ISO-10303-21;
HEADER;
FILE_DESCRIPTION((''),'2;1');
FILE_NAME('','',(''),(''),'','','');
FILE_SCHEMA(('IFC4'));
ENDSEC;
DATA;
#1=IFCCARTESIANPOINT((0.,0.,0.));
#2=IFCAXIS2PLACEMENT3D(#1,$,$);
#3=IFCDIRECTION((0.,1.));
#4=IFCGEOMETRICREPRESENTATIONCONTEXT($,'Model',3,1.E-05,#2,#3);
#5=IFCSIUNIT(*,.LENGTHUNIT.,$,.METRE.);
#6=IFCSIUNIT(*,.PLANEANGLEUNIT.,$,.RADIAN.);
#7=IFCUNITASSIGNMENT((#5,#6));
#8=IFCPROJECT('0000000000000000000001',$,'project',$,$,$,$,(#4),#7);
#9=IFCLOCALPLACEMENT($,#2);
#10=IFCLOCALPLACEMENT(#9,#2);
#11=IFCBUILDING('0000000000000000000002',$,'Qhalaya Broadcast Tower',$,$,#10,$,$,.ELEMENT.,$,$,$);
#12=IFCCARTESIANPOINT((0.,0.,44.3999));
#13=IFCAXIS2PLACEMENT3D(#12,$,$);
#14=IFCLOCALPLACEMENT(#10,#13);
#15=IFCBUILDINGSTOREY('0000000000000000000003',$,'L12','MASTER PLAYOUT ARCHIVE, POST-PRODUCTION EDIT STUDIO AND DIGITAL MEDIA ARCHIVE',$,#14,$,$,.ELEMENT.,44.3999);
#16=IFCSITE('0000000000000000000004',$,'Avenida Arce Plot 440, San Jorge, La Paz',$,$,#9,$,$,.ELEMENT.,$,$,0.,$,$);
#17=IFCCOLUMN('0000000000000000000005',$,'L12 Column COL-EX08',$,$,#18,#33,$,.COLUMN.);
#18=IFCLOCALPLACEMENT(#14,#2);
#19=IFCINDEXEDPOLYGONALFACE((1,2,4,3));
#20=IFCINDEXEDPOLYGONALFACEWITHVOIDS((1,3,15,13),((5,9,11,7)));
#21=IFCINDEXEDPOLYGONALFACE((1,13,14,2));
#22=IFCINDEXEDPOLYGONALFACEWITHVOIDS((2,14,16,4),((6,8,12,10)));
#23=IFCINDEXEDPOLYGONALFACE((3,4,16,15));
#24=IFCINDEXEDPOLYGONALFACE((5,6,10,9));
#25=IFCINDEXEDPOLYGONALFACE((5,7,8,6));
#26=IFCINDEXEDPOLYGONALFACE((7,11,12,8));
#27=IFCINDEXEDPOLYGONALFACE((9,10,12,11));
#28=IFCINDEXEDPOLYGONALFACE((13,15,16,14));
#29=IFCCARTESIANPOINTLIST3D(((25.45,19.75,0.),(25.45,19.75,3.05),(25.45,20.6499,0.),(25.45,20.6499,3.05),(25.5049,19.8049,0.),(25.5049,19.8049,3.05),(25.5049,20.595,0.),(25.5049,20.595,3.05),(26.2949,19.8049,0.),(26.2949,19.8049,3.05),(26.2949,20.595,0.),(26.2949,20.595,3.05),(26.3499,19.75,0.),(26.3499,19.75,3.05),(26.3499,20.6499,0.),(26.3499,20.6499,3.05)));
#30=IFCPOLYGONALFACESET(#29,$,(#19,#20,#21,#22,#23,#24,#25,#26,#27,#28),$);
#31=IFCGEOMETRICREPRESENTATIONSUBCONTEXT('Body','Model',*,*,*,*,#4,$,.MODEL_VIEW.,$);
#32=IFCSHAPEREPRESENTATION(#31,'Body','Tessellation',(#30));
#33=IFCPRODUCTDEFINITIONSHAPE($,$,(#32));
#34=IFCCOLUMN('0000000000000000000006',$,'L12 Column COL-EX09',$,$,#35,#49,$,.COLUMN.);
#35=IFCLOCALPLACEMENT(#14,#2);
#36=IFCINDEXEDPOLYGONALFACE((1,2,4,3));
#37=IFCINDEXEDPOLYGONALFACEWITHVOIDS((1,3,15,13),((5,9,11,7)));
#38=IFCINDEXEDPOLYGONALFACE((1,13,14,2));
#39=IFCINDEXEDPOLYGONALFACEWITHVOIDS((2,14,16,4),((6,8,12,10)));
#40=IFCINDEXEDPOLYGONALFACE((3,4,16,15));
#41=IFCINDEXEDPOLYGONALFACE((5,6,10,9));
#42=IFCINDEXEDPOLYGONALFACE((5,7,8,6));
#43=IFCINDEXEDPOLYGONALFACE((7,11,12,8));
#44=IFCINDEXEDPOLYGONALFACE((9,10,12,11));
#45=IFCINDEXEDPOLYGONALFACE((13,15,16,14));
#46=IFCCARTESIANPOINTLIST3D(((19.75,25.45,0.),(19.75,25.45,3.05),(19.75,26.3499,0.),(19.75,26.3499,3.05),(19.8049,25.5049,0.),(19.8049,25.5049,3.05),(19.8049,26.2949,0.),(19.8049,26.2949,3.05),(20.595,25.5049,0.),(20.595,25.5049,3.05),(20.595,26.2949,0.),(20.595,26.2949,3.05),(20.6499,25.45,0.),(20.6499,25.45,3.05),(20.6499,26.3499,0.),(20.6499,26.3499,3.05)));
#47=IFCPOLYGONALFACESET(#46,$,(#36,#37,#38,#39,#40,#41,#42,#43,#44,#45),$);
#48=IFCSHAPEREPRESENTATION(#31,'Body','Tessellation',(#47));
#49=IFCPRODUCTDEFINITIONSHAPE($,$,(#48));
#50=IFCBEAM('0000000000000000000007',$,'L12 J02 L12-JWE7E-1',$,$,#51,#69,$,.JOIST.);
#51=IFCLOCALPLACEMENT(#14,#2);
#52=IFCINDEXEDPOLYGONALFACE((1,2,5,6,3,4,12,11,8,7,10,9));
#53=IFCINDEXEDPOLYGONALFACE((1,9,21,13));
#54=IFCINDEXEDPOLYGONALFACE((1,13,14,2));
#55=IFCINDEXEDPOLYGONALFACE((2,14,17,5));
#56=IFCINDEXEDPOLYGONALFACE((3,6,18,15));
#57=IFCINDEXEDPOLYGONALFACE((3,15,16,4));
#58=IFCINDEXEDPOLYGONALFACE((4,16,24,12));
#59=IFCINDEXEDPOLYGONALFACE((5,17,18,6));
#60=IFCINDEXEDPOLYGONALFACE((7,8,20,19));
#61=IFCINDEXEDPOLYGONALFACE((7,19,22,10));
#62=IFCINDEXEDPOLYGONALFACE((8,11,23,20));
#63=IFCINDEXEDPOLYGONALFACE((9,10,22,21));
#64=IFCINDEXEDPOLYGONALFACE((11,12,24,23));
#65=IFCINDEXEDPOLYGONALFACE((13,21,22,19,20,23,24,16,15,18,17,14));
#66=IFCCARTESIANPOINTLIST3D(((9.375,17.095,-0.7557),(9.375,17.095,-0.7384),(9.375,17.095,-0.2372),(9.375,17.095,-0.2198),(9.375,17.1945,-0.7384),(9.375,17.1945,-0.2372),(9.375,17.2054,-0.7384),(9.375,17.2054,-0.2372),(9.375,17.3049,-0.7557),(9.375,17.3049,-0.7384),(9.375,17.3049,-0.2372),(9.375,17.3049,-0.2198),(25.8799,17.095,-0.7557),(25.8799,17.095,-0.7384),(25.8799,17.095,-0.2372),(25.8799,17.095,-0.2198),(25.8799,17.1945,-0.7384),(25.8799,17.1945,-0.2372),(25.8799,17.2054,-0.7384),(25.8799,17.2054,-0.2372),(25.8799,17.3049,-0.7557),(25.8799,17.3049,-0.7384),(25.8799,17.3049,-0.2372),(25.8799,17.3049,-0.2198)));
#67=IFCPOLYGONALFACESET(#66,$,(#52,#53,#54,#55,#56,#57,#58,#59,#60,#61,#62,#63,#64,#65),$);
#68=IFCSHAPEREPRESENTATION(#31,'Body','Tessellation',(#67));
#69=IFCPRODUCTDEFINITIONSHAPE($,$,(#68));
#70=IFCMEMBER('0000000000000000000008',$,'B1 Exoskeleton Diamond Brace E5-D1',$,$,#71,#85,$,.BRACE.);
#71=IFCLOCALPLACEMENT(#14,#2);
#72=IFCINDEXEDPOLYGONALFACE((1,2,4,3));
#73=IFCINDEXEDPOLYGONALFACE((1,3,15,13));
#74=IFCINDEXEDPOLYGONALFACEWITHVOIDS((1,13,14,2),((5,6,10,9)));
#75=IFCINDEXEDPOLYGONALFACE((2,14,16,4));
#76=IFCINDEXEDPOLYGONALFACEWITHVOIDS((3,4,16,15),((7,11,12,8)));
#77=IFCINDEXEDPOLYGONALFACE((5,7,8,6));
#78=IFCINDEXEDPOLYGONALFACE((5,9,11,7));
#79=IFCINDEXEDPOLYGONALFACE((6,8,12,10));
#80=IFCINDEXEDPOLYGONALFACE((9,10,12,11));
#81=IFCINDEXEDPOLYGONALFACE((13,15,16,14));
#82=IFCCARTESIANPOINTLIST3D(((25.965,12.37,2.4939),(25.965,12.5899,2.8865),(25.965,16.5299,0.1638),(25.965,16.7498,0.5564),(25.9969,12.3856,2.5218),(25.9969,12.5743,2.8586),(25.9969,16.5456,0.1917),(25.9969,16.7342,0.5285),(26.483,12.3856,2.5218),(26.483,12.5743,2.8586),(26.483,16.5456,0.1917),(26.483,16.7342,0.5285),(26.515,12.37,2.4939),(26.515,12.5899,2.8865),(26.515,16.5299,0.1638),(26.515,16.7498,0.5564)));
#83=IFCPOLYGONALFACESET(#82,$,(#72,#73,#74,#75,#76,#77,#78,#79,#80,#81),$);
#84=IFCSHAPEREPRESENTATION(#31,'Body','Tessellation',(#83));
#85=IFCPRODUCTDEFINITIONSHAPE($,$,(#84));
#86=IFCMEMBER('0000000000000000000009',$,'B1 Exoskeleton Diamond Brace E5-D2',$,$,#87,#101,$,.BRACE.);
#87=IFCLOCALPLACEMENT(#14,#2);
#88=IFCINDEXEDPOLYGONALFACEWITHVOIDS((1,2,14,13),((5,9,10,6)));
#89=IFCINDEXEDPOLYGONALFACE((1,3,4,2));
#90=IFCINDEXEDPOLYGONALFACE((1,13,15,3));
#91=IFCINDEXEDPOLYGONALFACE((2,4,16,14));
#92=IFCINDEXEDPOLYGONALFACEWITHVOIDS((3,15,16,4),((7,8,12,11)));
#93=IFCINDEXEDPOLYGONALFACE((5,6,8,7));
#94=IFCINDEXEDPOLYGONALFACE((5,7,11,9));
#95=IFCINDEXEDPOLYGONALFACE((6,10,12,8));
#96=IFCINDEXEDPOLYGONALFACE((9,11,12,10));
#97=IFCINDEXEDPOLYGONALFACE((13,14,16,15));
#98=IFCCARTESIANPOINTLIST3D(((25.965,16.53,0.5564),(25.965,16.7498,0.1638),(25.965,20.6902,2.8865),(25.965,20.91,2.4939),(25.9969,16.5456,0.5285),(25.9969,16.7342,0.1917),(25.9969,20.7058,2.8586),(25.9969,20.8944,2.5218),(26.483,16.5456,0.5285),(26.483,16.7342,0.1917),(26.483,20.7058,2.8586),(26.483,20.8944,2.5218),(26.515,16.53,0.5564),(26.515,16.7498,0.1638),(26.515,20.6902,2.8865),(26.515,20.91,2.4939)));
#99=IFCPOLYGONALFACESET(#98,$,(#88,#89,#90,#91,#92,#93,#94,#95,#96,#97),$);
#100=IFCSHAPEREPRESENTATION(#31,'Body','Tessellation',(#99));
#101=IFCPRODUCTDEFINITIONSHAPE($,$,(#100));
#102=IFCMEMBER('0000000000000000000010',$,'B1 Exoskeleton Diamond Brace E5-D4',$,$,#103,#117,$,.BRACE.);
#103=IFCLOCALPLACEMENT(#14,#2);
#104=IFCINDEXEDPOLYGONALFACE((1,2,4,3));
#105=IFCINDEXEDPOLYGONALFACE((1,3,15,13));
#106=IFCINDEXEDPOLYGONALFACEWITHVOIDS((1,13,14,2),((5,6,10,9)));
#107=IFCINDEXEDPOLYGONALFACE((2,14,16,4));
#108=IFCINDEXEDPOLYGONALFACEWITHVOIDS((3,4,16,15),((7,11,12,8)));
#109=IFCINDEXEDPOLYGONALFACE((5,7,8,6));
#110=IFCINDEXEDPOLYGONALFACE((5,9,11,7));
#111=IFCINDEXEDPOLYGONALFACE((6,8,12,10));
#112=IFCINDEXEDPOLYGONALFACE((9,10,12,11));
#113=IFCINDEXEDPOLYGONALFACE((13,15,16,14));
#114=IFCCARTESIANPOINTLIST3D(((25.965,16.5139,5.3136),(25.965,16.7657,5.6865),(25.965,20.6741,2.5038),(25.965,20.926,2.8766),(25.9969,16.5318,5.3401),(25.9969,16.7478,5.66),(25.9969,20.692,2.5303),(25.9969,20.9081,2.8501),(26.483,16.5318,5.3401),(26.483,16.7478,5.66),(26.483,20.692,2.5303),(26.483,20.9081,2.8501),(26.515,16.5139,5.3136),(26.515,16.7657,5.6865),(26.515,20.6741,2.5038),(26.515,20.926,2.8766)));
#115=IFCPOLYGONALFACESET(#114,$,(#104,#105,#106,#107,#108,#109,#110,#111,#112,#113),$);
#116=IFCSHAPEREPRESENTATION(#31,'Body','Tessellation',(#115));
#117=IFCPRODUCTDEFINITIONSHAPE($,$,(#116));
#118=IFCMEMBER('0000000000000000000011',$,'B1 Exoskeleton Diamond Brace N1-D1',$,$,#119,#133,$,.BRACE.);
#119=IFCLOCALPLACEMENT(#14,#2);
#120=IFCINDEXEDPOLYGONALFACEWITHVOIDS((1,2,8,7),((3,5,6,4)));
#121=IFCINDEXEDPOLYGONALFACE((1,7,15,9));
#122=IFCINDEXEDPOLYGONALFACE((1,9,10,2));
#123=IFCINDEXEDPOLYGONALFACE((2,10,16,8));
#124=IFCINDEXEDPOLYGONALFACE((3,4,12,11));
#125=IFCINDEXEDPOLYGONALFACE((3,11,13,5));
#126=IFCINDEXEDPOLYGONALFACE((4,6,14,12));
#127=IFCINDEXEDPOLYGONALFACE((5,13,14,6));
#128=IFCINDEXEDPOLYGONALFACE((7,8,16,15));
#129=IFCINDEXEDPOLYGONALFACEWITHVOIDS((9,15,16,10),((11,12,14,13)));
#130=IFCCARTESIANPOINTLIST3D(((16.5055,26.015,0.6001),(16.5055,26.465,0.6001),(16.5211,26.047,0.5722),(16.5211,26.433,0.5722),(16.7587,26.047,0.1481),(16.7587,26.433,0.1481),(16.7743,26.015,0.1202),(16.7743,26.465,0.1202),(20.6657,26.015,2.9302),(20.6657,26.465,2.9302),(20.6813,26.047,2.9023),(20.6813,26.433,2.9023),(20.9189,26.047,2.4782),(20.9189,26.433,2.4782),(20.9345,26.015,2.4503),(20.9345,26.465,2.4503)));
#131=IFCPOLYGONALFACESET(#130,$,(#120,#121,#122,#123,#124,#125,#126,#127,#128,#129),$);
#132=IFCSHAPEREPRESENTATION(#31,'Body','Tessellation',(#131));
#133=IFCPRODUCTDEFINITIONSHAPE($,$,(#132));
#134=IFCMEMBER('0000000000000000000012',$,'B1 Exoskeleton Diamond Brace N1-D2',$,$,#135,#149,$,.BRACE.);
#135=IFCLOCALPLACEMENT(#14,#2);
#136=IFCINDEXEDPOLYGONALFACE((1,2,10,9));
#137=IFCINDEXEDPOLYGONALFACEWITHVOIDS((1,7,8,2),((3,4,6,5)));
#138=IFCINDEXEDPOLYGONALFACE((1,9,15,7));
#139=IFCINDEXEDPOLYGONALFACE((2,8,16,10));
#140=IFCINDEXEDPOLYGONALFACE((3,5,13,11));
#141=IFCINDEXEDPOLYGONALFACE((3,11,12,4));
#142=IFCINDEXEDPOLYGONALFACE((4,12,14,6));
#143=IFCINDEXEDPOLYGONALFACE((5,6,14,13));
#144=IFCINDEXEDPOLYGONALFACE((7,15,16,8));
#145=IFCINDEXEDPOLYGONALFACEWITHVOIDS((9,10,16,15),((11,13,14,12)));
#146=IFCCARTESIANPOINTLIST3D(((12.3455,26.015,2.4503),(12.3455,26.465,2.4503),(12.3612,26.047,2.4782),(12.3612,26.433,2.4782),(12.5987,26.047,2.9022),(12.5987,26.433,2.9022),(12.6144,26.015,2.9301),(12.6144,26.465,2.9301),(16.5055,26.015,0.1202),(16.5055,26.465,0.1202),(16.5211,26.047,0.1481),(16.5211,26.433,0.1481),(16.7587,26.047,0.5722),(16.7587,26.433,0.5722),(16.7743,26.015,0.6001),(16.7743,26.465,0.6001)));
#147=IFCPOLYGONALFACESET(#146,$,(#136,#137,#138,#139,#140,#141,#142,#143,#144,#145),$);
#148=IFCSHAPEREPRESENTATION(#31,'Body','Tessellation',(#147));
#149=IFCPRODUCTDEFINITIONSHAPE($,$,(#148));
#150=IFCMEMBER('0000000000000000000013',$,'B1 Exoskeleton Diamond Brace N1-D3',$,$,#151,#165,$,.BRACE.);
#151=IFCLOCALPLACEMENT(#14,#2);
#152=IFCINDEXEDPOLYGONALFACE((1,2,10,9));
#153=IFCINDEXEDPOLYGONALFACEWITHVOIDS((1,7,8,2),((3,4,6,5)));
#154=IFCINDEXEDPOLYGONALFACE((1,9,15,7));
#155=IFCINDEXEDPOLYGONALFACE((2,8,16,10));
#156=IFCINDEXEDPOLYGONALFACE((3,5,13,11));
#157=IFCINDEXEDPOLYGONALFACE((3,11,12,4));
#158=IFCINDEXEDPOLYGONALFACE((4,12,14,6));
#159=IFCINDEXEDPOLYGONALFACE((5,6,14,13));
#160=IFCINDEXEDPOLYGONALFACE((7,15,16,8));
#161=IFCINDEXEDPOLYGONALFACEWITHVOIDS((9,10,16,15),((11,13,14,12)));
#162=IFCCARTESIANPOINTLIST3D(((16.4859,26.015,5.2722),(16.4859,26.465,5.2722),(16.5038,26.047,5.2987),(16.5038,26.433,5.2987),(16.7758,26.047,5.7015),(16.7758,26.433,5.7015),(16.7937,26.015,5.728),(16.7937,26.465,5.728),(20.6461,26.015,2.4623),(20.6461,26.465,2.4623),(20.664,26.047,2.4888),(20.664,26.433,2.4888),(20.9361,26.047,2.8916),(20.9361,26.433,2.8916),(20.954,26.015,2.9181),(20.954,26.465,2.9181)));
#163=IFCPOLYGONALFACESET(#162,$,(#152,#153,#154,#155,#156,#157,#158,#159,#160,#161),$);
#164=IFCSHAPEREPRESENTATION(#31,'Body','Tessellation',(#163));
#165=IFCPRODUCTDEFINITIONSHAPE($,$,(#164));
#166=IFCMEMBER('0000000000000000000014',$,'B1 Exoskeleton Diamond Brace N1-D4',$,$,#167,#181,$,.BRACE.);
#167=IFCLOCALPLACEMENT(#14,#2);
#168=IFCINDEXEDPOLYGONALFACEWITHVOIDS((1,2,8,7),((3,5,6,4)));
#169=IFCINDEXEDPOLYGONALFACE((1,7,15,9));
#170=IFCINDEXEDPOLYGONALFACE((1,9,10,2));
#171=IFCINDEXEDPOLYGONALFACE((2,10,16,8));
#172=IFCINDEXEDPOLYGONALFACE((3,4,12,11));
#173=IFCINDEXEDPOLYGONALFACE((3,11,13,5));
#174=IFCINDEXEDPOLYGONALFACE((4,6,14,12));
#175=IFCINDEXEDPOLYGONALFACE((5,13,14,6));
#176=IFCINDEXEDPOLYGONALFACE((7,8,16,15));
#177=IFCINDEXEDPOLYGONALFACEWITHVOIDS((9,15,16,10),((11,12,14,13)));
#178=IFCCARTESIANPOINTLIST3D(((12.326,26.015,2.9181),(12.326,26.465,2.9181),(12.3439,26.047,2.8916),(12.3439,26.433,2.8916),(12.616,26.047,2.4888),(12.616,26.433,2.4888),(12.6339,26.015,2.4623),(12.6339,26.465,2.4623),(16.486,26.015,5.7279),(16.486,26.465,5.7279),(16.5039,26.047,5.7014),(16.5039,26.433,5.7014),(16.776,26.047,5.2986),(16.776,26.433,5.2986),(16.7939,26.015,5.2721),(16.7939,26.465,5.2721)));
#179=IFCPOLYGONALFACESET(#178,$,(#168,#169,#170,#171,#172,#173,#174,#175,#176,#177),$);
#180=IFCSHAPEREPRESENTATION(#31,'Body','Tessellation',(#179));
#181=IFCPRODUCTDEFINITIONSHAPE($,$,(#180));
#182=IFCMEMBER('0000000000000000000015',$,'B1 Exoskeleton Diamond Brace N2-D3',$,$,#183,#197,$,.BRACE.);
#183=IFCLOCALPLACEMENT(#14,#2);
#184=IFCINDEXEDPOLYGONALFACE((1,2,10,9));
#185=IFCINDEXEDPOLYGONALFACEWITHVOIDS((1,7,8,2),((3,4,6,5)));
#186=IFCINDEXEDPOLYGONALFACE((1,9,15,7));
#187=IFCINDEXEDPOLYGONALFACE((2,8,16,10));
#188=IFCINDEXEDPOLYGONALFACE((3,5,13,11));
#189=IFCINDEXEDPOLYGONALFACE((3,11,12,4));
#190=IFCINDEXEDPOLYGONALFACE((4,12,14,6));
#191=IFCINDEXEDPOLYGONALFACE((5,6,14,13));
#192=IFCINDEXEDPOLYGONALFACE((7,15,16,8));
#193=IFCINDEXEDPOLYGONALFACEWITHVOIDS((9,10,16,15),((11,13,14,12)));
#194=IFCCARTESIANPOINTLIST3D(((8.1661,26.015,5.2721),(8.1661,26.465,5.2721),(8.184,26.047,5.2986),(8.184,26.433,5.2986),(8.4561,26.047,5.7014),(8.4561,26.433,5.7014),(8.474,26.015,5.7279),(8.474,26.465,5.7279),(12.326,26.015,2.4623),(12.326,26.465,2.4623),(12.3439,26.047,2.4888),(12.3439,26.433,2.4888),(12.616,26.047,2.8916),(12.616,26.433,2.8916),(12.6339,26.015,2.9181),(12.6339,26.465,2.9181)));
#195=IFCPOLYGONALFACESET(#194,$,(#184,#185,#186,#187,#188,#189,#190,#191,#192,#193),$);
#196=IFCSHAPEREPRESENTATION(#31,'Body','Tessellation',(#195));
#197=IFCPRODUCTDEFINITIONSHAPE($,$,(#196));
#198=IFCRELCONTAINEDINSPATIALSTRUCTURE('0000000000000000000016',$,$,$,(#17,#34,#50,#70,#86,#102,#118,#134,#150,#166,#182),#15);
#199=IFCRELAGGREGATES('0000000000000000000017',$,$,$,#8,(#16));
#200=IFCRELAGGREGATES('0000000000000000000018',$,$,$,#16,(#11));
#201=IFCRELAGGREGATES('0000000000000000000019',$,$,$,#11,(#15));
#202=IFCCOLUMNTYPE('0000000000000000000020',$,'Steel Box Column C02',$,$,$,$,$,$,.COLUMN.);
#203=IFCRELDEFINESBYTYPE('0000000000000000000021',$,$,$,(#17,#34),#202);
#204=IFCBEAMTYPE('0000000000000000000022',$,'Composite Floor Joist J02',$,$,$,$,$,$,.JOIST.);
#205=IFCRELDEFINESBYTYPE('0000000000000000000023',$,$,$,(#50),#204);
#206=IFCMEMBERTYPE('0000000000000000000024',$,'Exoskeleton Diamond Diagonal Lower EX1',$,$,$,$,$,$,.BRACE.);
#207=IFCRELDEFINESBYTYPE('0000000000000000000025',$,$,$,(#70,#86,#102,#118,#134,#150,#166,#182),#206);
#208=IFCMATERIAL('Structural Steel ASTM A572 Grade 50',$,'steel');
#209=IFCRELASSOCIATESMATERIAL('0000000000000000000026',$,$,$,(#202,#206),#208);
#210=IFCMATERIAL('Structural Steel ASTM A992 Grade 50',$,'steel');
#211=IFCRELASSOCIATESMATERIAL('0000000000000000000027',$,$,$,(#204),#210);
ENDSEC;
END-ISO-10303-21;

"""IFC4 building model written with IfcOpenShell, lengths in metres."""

from ifc_helpers import new_model, si_unit, direction, frame, origin, origin_2d, place, context, subcontext, project, spatial, hollow_rectangle, i_section, extrude, material, material_profile, profile_set, type_object, element, save


model = new_model("IFC4")

# Units and contexts
model_context = context("Model", 3, precision=1e-05, world=origin(), true_north=direction((0.0, 1.0)))
body_context = subcontext(model_context, "Body", "Model", "MODEL_VIEW")
ifc_project = project(units=[si_unit("LENGTHUNIT", "METRE"), si_unit("PLANEANGLEUNIT", "RADIAN")], contexts=[model_context])

# Site, building, storey
site_placement = place(None, origin())
site = spatial("IfcSite", under=ifc_project, at=site_placement, Name="Avenida Arce Plot 440, San Jorge, La Paz", CompositionType="ELEMENT", RefElevation=0.0)
building_placement = place(site_placement, origin())
building = spatial("IfcBuilding", under=site, at=building_placement, Name="Qhalaya Broadcast Tower", CompositionType="ELEMENT")
storey_placement = place(building_placement, frame((0.0, 0.0, 44.3999)))
storey = spatial("IfcBuildingStorey", under=building, at=storey_placement, Name="L12", Description="MASTER PLAYOUT ARCHIVE, POST-PRODUCTION EDIT STUDIO AND DIGITAL MEDIA ARCHIVE", CompositionType="ELEMENT", Elevation=44.3999)

# Columns
ifc_material_1 = material(Name="Structural Steel ASTM A572 Grade 50", Category="steel")
ifc_material_profile_1 = material_profile(ifc_material_1, hollow_rectangle(XDim=0.8999, YDim=0.8999, WallThickness=0.0549, at=origin_2d()), Name="BOX 900x900x55")
ifc_profile_set_1 = profile_set([ifc_material_profile_1], Name="Structural Steel ASTM A572 Grade 50")
column_type = type_object("IfcColumnType", Name="Steel Box Column C02", PredefinedType="COLUMN", material=ifc_profile_set_1)
for number, where, z_axis, x_axis, name in (
    (1, (25.8999, 20.2, 0.0), (0.0, 0.0, 1.0), (0.0, 1.0, 0.0), "L12 Column COL-EX08"),
    (2, (20.2, 25.8999, 0.0), (0.0, 0.0, 1.0), (1.0, 0.0, 0.0), "L12 Column COL-EX09"),
):
    element("IfcColumn", number, at=place(storey_placement, frame(where, z_axis=z_axis, x_axis=x_axis)), inside=storey, type_object=column_type, Name=name, PredefinedType="COLUMN", context=body_context, shape_type="SweptSolid", body=[
        extrude(hollow_rectangle(XDim=0.8999, YDim=0.8999, WallThickness=0.0549, at=origin_2d()), origin(), (0.0, 0.0, 1.0), 3.05),
    ])

# Beam
ifc_material_2 = material(Name="Structural Steel ASTM A992 Grade 50", Category="steel")
ifc_material_profile_2 = material_profile(ifc_material_2, i_section(OverallWidth=0.21, OverallDepth=0.5359, WebThickness=0.011, FlangeThickness=0.0173, at=origin_2d()), Name="W21X68")
ifc_profile_set_2 = profile_set([ifc_material_profile_2], Name="Structural Steel ASTM A992 Grade 50")
beam_type_1 = type_object("IfcBeamType", Name="Composite Floor Joist J02", PredefinedType="JOIST", material=ifc_profile_set_2)
beam_1_placement = place(storey_placement, frame((9.375, 17.2, -0.4878), z_axis=(1.0, 0.0, 0.0), x_axis=(0.0, 1.0, 0.0)))
element("IfcBeam", 3, at=beam_1_placement, inside=storey, type_object=beam_type_1, Name="L12 J02 L12-JWE7E-1", PredefinedType="JOIST", context=body_context, shape_type="SweptSolid", body=[
    extrude(i_section(OverallWidth=0.21, OverallDepth=0.5359, WebThickness=0.011, FlangeThickness=0.0173, at=origin_2d()), origin(), (0.0, 0.0, 1.0), 16.5049),
])

# Members
ifc_material_profile_3 = material_profile(ifc_material_1, hollow_rectangle(XDim=0.45, YDim=0.55, WallThickness=0.032, at=origin_2d()), Name="BOX 450x550x32")
ifc_profile_set_3 = profile_set([ifc_material_profile_3], Name="Structural Steel ASTM A572 Grade 50")
member_type = type_object("IfcMemberType", Name="Exoskeleton Diamond Diagonal Lower EX1", PredefinedType="BRACE", material=ifc_profile_set_3)
member_1_placement = place(storey_placement, frame((26.24, 16.6399, 0.3601), z_axis=(0.0, -0.872459, 0.488688), x_axis=(0.0, 0.488688, 0.872459)))
element("IfcMember", 4, at=member_1_placement, inside=storey, type_object=member_type, Name="B1 Exoskeleton Diamond Brace E5-D1", PredefinedType="BRACE", context=body_context, shape_type="SweptSolid", body=[
    extrude(hollow_rectangle(XDim=0.45, YDim=0.55, WallThickness=0.032, at=origin_2d()), origin(), (0.0, 0.0, 1.0), 4.7681),
])
member_2_placement = place(storey_placement, frame((26.24, 16.6399, 0.3601), z_axis=(0.0, 0.872471, 0.488666), x_axis=(0.0, -0.488666, 0.872471)))
element("IfcMember", 5, at=member_2_placement, inside=storey, type_object=member_type, Name="B1 Exoskeleton Diamond Brace E5-D2", PredefinedType="BRACE", context=body_context, shape_type="SweptSolid", body=[
    extrude(hollow_rectangle(XDim=0.45, YDim=0.55, WallThickness=0.032, at=origin_2d()), origin(), (0.0, 0.0, 1.0), 4.7683),
])
member_3_placement = place(storey_placement, frame((26.24, 20.8, 2.6902), z_axis=(0.0, -0.828691, 0.559707), x_axis=(0.0, 0.559707, 0.828691)))
element("IfcMember", 6, at=member_3_placement, inside=storey, type_object=member_type, Name="B1 Exoskeleton Diamond Brace E5-D4", PredefinedType="BRACE", context=body_context, shape_type="SweptSolid", body=[
    extrude(hollow_rectangle(XDim=0.45, YDim=0.55, WallThickness=0.032, at=origin_2d()), origin(), (0.0, 0.0, 1.0), 5.0203),
])
member_4_placement = place(storey_placement, frame((16.6399, 26.24, 0.3601), z_axis=(0.872471, 0.0, 0.488666), x_axis=(0.0, 1.0, 0.0)))
element("IfcMember", 7, at=member_4_placement, inside=storey, type_object=member_type, Name="B1 Exoskeleton Diamond Brace N1-D1", PredefinedType="BRACE", context=body_context, shape_type="SweptSolid", body=[
    extrude(hollow_rectangle(XDim=0.45, YDim=0.55, WallThickness=0.032, at=origin_2d()), origin(), (0.0, 0.0, 1.0), 4.7683),
])
member_5_placement = place(storey_placement, frame((16.6399, 26.24, 0.3601), z_axis=(-0.872459, 0.0, 0.488688), x_axis=(0.0, -1.0, 0.0)))
element("IfcMember", 8, at=member_5_placement, inside=storey, type_object=member_type, Name="B1 Exoskeleton Diamond Brace N1-D2", PredefinedType="BRACE", context=body_context, shape_type="SweptSolid", body=[
    extrude(hollow_rectangle(XDim=0.45, YDim=0.55, WallThickness=0.032, at=origin_2d()), origin(), (0.0, 0.0, 1.0), 4.7681),
])
member_6_placement = place(storey_placement, frame((20.8, 26.24, 2.6902), z_axis=(-0.828691, 0.0, 0.559707), x_axis=(0.0, -1.0, 0.0)))
element("IfcMember", 9, at=member_6_placement, inside=storey, type_object=member_type, Name="B1 Exoskeleton Diamond Brace N1-D3", PredefinedType="BRACE", context=body_context, shape_type="SweptSolid", body=[
    extrude(hollow_rectangle(XDim=0.45, YDim=0.55, WallThickness=0.032, at=origin_2d()), origin(), (0.0, 0.0, 1.0), 5.0203),
])
for number, where, z_axis, x_axis, name in (
    (10, (12.48, 26.24, 2.6902), (0.828676, 0.0, 0.559729), (0.0, 1.0, 0.0), "B1 Exoskeleton Diamond Brace N1-D4"),
    (11, (12.48, 26.24, 2.6902), (-0.828676, 0.0, 0.559729), (0.0, -1.0, 0.0), "B1 Exoskeleton Diamond Brace N2-D3"),
):
    element("IfcMember", number, at=place(storey_placement, frame(where, z_axis=z_axis, x_axis=x_axis)), inside=storey, type_object=member_type, Name=name, PredefinedType="BRACE", context=body_context, shape_type="SweptSolid", body=[
        extrude(hollow_rectangle(XDim=0.45, YDim=0.55, WallThickness=0.032, at=origin_2d()), origin(), (0.0, 0.0, 1.0), 5.02),
    ])

save(model, "model.ifc")
